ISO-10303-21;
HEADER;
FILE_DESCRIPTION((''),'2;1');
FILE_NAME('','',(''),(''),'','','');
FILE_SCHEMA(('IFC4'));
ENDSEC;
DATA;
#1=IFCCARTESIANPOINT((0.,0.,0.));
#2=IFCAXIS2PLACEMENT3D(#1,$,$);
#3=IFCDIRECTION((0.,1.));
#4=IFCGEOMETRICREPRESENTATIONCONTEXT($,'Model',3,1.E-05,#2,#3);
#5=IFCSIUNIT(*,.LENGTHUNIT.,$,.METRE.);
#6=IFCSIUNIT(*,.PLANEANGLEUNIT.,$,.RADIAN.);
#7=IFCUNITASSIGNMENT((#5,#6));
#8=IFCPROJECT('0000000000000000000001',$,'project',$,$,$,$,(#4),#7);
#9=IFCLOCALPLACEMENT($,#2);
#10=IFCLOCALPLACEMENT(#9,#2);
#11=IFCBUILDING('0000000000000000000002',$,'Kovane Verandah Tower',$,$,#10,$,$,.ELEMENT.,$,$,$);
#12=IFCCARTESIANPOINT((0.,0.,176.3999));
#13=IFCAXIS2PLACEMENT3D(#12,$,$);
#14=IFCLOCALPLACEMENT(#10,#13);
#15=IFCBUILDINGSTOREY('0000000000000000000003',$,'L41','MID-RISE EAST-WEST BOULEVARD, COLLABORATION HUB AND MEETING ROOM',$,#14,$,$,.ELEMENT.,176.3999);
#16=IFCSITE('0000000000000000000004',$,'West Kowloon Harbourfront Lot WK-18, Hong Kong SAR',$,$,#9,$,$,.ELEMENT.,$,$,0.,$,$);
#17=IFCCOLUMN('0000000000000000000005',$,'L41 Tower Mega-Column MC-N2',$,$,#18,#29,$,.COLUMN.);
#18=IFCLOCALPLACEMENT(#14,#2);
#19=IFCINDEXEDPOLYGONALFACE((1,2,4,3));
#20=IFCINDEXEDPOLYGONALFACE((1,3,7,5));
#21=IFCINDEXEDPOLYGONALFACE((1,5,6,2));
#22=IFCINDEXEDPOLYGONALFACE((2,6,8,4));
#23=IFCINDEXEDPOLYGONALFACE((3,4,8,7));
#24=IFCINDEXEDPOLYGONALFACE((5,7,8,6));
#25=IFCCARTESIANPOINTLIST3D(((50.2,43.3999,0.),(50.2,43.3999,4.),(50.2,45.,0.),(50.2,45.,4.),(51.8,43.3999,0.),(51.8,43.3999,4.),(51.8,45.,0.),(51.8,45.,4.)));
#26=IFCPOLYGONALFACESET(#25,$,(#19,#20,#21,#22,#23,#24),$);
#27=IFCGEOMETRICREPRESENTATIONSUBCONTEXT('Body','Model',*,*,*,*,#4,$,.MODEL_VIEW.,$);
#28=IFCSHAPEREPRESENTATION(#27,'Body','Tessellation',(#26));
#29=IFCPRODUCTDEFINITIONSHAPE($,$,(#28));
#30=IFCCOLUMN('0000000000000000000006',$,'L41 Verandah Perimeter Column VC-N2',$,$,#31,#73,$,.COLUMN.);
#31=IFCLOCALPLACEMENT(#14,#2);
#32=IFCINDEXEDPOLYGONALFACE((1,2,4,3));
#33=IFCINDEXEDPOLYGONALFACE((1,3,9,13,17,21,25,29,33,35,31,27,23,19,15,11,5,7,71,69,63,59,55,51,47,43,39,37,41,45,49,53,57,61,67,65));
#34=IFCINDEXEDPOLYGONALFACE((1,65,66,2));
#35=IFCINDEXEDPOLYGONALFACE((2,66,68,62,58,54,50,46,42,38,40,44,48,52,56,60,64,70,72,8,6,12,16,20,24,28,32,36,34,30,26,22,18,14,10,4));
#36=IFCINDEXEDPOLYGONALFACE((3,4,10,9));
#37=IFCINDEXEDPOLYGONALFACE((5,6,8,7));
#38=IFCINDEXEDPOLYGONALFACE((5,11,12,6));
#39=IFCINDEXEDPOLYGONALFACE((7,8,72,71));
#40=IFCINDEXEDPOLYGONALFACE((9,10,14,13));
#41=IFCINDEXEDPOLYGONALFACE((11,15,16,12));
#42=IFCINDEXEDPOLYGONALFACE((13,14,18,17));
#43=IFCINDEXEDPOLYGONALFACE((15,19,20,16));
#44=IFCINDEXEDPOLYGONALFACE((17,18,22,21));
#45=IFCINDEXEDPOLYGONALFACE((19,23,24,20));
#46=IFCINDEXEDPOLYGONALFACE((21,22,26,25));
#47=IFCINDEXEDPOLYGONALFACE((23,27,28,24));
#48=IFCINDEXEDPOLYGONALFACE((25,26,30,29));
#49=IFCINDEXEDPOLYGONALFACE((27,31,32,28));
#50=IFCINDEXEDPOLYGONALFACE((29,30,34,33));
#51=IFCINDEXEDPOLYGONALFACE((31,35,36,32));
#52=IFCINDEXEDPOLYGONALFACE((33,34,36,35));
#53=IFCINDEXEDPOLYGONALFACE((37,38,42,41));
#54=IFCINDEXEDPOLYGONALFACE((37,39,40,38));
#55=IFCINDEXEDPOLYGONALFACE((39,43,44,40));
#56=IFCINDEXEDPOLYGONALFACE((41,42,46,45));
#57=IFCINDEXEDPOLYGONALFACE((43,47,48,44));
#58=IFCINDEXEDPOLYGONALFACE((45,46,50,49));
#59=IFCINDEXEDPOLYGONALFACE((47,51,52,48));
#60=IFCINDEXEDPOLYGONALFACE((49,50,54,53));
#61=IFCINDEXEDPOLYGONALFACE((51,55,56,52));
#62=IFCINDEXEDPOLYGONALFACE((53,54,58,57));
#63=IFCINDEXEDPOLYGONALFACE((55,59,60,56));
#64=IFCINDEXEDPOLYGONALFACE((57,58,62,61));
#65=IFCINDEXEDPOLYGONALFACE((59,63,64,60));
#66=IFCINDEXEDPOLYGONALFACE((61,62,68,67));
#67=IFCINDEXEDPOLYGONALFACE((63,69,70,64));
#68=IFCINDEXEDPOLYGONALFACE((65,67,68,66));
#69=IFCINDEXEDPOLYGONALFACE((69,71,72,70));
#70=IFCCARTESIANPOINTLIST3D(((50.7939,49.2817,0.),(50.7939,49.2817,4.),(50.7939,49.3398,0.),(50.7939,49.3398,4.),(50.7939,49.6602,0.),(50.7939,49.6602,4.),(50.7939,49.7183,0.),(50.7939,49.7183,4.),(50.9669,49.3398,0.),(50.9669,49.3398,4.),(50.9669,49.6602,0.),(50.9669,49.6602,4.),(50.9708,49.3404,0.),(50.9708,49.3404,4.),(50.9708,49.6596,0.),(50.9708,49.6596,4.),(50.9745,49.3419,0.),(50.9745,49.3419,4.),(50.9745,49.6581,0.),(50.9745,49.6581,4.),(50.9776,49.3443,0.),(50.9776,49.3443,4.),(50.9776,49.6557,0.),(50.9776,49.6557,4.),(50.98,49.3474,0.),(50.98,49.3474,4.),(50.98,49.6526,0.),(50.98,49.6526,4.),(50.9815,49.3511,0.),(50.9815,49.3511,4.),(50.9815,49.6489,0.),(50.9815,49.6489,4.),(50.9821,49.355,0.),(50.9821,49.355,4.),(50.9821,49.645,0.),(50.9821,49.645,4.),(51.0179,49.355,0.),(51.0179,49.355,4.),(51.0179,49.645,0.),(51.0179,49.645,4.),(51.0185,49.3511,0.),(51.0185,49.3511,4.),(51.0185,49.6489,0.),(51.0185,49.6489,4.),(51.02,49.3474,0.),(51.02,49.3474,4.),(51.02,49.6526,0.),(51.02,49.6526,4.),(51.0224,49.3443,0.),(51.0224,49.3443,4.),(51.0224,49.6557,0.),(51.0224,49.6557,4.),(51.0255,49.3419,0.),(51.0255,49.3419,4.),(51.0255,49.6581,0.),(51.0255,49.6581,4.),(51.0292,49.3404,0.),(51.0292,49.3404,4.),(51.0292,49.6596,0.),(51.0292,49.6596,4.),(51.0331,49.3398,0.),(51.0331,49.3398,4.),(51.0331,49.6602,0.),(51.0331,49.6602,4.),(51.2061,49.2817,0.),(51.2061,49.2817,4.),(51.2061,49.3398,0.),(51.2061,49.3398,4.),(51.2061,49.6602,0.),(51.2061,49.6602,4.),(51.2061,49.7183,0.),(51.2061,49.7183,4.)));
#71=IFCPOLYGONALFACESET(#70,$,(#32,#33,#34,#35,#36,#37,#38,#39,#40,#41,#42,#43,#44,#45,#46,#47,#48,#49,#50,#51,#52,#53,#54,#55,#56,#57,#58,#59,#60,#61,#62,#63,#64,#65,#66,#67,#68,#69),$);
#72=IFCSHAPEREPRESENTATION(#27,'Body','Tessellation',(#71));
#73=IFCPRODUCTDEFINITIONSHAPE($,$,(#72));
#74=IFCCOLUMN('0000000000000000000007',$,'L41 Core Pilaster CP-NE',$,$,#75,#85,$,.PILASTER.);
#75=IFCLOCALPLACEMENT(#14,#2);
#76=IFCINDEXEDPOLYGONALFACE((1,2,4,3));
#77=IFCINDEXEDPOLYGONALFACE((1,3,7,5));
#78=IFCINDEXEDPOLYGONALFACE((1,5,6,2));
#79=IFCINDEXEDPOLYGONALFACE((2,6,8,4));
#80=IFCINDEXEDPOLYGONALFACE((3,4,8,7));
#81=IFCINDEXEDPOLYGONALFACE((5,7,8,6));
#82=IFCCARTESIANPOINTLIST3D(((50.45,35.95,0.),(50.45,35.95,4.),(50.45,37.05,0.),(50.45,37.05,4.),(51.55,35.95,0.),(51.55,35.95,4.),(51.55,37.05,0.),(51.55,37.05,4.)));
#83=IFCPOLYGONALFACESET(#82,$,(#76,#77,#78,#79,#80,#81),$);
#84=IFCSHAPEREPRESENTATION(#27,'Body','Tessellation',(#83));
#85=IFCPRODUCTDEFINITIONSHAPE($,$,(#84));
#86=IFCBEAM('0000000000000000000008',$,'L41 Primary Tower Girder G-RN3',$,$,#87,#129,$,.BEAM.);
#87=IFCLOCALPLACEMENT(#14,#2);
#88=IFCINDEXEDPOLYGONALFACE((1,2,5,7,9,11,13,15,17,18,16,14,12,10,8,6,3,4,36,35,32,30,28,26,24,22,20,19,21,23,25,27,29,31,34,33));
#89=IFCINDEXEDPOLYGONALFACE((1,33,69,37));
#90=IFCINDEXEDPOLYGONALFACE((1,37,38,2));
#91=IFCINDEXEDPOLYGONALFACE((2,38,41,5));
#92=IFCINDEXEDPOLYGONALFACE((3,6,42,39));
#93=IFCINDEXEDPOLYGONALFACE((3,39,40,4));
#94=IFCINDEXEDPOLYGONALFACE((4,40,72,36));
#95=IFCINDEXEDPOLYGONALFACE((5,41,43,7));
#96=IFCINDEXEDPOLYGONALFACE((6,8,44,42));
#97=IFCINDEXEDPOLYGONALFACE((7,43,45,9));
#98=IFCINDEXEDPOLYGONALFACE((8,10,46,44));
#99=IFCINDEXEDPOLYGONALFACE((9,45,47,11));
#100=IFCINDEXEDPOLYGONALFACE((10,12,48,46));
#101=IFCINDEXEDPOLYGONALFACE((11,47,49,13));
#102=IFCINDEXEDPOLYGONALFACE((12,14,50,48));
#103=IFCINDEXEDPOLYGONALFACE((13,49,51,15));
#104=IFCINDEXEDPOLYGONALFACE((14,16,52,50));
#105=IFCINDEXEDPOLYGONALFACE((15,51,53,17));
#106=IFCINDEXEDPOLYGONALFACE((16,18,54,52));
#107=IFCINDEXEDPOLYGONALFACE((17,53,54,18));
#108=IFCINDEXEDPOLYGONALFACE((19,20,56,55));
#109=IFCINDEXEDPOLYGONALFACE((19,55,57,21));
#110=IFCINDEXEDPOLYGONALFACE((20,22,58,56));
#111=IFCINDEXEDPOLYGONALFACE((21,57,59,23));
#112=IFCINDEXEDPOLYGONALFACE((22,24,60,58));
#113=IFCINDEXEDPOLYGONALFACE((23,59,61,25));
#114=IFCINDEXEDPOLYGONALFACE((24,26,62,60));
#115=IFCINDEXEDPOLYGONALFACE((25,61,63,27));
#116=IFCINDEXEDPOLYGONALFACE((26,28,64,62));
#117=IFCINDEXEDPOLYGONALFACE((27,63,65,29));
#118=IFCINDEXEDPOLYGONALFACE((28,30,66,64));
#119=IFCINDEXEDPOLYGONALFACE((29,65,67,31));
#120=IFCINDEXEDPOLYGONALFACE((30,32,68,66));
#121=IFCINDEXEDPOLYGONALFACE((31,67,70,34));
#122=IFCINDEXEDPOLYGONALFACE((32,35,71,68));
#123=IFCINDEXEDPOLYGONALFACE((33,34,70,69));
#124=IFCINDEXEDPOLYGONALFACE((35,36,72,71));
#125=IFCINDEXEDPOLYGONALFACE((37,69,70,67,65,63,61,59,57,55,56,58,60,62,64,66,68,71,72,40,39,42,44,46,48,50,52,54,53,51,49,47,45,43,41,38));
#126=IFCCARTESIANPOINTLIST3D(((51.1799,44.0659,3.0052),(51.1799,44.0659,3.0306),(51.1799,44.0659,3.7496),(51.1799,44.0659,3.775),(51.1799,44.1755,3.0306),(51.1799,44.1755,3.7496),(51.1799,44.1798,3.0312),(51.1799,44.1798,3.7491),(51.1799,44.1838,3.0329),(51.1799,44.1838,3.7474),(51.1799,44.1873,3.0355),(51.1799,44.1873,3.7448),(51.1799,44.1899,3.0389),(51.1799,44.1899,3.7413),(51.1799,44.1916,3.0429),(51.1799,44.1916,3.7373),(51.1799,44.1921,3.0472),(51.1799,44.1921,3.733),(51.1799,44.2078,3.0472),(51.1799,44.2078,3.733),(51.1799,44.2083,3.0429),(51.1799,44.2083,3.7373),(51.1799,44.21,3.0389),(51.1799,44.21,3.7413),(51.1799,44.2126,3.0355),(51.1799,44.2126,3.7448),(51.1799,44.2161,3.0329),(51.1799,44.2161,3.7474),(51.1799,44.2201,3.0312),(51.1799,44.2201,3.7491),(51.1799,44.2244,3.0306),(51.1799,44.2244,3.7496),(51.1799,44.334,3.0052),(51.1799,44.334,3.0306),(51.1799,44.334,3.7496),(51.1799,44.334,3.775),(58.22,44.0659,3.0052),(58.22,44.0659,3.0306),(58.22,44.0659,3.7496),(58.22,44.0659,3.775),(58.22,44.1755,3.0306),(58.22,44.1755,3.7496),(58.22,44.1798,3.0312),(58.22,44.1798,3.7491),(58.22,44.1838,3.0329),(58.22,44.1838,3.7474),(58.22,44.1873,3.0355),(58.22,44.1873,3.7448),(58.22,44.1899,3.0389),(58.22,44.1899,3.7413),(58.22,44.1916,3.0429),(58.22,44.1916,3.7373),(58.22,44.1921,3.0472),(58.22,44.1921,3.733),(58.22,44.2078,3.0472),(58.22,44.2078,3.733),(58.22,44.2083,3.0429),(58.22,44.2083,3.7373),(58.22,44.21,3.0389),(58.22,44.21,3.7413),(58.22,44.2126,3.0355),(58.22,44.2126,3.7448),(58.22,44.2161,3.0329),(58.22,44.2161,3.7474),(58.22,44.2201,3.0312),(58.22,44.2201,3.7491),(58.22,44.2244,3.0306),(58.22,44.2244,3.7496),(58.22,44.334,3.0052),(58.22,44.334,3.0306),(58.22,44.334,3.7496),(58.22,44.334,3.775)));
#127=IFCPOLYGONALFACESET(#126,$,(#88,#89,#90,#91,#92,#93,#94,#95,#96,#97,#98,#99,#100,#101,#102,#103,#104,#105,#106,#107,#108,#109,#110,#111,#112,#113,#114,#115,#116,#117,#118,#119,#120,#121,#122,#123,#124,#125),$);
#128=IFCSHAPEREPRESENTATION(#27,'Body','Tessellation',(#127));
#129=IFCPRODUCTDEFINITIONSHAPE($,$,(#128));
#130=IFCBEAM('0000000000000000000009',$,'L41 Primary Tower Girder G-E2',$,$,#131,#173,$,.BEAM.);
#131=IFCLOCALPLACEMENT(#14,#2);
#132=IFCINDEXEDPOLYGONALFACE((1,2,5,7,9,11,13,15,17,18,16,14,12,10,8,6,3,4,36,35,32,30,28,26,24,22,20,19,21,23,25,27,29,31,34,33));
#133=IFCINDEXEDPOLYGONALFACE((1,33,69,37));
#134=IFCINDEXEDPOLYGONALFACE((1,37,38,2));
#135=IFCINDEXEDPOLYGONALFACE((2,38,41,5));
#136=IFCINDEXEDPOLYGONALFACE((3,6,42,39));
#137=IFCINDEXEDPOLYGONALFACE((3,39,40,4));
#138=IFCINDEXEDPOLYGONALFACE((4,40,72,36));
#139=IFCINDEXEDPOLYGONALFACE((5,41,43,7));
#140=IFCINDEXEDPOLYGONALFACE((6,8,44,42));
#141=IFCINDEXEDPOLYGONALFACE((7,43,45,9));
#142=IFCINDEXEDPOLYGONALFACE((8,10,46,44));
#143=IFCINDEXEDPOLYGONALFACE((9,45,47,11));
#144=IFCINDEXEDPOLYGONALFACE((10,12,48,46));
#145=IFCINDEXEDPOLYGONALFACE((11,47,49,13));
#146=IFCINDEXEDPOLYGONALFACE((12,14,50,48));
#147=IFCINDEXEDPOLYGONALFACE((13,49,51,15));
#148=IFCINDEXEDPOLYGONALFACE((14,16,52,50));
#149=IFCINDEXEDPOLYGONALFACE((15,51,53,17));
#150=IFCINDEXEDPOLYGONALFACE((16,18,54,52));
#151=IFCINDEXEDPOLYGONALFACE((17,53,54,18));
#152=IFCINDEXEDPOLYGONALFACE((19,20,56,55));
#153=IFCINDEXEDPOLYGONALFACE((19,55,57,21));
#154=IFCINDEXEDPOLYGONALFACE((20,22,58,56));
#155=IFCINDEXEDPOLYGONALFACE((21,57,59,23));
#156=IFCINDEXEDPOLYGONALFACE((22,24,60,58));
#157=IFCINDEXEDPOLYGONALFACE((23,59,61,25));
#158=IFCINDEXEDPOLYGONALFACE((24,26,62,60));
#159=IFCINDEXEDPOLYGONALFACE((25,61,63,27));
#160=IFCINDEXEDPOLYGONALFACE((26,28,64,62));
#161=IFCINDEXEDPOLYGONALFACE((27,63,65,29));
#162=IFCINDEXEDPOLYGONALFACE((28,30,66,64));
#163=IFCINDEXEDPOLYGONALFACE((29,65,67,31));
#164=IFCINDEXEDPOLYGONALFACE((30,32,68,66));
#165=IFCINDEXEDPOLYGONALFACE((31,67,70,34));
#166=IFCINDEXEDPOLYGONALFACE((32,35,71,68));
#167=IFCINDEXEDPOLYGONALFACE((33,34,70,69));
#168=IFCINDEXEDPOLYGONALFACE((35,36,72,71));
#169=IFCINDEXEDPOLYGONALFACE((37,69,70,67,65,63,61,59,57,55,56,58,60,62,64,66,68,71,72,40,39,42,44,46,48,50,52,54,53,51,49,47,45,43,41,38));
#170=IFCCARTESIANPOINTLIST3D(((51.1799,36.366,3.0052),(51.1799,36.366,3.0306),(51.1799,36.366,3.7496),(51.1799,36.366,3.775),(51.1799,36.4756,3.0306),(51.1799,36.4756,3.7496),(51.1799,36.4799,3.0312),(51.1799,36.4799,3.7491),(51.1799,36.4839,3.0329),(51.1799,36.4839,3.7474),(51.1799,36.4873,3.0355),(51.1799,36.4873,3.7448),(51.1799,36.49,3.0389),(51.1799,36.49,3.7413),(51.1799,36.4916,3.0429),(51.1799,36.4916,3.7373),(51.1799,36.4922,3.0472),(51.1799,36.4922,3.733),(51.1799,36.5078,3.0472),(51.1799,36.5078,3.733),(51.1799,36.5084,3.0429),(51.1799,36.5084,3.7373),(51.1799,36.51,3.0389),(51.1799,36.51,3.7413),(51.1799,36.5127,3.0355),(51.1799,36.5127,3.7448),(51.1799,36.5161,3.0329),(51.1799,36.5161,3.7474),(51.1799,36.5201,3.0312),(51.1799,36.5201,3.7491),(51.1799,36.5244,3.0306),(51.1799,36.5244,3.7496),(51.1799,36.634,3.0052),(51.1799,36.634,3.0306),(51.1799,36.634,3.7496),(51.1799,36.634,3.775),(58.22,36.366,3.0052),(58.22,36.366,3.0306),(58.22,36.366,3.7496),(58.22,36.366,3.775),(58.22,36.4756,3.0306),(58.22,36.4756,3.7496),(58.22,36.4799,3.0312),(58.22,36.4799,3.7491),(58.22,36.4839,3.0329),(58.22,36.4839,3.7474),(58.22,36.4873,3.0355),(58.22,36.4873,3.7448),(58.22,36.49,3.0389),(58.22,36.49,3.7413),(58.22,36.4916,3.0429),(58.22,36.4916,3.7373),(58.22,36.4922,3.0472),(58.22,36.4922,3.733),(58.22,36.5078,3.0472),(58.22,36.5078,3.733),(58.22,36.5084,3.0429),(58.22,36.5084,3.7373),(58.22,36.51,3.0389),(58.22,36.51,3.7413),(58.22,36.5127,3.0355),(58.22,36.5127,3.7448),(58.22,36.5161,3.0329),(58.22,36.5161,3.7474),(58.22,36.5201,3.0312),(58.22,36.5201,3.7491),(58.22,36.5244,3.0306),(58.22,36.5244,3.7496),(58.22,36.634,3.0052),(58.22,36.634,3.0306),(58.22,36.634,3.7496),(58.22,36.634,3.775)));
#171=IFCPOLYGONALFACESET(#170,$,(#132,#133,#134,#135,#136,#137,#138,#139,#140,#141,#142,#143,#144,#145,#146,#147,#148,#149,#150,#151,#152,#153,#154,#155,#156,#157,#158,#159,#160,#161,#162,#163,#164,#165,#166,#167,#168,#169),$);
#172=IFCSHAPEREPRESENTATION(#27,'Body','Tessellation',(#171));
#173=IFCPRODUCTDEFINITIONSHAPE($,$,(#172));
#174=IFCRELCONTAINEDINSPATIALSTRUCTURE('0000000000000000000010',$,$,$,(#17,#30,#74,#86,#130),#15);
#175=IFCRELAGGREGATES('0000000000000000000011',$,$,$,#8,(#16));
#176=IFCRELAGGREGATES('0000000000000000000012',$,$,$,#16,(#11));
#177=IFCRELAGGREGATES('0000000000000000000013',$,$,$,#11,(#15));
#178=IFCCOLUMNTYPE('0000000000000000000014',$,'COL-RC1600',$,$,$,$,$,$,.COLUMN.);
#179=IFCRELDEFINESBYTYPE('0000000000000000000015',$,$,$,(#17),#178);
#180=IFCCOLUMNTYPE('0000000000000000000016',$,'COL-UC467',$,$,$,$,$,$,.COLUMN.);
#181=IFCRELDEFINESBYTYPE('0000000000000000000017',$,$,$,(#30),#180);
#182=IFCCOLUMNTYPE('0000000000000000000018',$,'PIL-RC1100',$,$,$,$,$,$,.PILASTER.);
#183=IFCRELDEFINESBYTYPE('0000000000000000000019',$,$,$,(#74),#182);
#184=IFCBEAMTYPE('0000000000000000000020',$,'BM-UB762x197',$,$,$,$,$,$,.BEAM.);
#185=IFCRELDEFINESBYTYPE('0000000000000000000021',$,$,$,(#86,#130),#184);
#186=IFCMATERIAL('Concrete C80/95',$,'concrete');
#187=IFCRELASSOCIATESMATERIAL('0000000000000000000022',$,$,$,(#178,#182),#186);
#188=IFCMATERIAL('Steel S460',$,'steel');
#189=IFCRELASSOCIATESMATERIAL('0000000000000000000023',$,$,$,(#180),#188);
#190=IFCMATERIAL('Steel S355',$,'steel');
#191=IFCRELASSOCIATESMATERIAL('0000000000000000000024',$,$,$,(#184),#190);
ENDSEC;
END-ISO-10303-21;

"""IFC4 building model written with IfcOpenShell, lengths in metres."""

from ifc_helpers import new_model, si_unit, direction, frame, origin, origin_2d, place, context, subcontext, project, spatial, rectangle, i_section, extrude, material, material_profile, profile_set, type_object, element, save


model = new_model("IFC4")

# Units and contexts
model_context = context("Model", 3, precision=1e-05, world=origin(), true_north=direction((0.0, 1.0)))
body_context = subcontext(model_context, "Body", "Model", "MODEL_VIEW")
ifc_project = project(units=[si_unit("LENGTHUNIT", "METRE"), si_unit("PLANEANGLEUNIT", "RADIAN")], contexts=[model_context])

# Site, building, storey
site_placement = place(None, origin())
site = spatial("IfcSite", under=ifc_project, at=site_placement, Name="West Kowloon Harbourfront Lot WK-18, Hong Kong SAR", CompositionType="ELEMENT", RefElevation=0.0)
building_placement = place(site_placement, origin())
building = spatial("IfcBuilding", under=site, at=building_placement, Name="Kovane Verandah Tower", CompositionType="ELEMENT")
storey_placement = place(building_placement, frame((0.0, 0.0, 176.3999)))
storey = spatial("IfcBuildingStorey", under=building, at=storey_placement, Name="L41", Description="MID-RISE EAST-WEST BOULEVARD, COLLABORATION HUB AND MEETING ROOM", CompositionType="ELEMENT", Elevation=176.3999)

# Columns
ifc_material_1 = material(Name="Concrete C80/95", Category="concrete")
ifc_material_profile_1 = material_profile(ifc_material_1, rectangle(XDim=1.6001, YDim=1.6001, at=origin_2d()), Name="RC1600x1600")
ifc_profile_set_1 = profile_set([ifc_material_profile_1], Name="Concrete C80/95")
column_type_1 = type_object("IfcColumnType", Name="COL-RC1600", PredefinedType="COLUMN", material=ifc_profile_set_1)
column_1_placement = place(storey_placement, frame((51.0, 44.2, 0.0), z_axis=(0.0, 0.0, 1.0), x_axis=(1.0, 0.0, 0.0)))
element("IfcColumn", 1, at=column_1_placement, inside=storey, type_object=column_type_1, Name="L41 Tower Mega-Column MC-N2", PredefinedType="COLUMN", context=body_context, shape_type="SweptSolid", body=[
    extrude(rectangle(XDim=1.6001, YDim=1.6001, at=origin_2d()), origin(), (0.0, 0.0, 1.0), 4.0),
])
ifc_material_2 = material(Name="Steel S460", Category="steel")
ifc_material_profile_2 = material_profile(ifc_material_2, i_section(OverallWidth=0.4121, OverallDepth=0.4365, WebThickness=0.0359, FlangeThickness=0.0581, FilletRadius=0.0151, at=origin_2d()), Name="UC356x406x467")
ifc_profile_set_2 = profile_set([ifc_material_profile_2], Name="Steel S460")
column_type_2 = type_object("IfcColumnType", Name="COL-UC467", PredefinedType="COLUMN", material=ifc_profile_set_2)
column_2_placement = place(storey_placement, frame((51.0, 49.5, 0.0), z_axis=(0.0, 0.0, 1.0), x_axis=(1.0, 0.0, 0.0)))
element("IfcColumn", 2, at=column_2_placement, inside=storey, type_object=column_type_2, Name="L41 Verandah Perimeter Column VC-N2", PredefinedType="COLUMN", context=body_context, shape_type="SweptSolid", body=[
    extrude(i_section(OverallWidth=0.4121, OverallDepth=0.4365, WebThickness=0.0359, FlangeThickness=0.0581, FilletRadius=0.0151, at=origin_2d()), origin(), (0.0, 0.0, 1.0), 4.0),
])
ifc_material_profile_3 = material_profile(ifc_material_1, rectangle(XDim=1.1001, YDim=1.1001, at=origin_2d()), Name="RC1100x1100")
ifc_profile_set_3 = profile_set([ifc_material_profile_3], Name="Concrete C80/95")
column_type_3 = type_object("IfcColumnType", Name="PIL-RC1100", PredefinedType="PILASTER", material=ifc_profile_set_3)
column_3_placement = place(storey_placement, frame((51.0, 36.5, 0.0), z_axis=(0.0, 0.0, 1.0), x_axis=(1.0, 0.0, 0.0)))
element("IfcColumn", 3, at=column_3_placement, inside=storey, type_object=column_type_3, Name="L41 Core Pilaster CP-NE", PredefinedType="PILASTER", context=body_context, shape_type="SweptSolid", body=[
    extrude(rectangle(XDim=1.1001, YDim=1.1001, at=origin_2d()), origin(), (0.0, 0.0, 1.0), 4.0),
])

# Beams
ifc_material_3 = material(Name="Steel S355", Category="steel")
ifc_material_profile_4 = material_profile(ifc_material_3, i_section(OverallWidth=0.2681, OverallDepth=0.7698, WebThickness=0.0156, FlangeThickness=0.0254, FilletRadius=0.0166, at=origin_2d()), Name="UB762x267x197")
ifc_profile_set_4 = profile_set([ifc_material_profile_4], Name="Steel S355")
beam_type_1 = type_object("IfcBeamType", Name="BM-UB762x197", PredefinedType="BEAM", material=ifc_profile_set_4)
for number, where, z_axis, x_axis, name in (
    (4, (51.1799, 44.2, 3.3901), (1.0, 0.0, 0.0), (0.0, 1.0, 0.0), "L41 Primary Tower Girder G-RN3"),
    (5, (51.1799, 36.5, 3.3901), (1.0, 0.0, 0.0), (0.0, 1.0, 0.0), "L41 Primary Tower Girder G-E2"),
):
    element("IfcBeam", number, at=place(storey_placement, frame(where, z_axis=z_axis, x_axis=x_axis)), inside=storey, type_object=beam_type_1, Name=name, PredefinedType="BEAM", context=body_context, shape_type="SweptSolid", body=[
        extrude(i_section(OverallWidth=0.2681, OverallDepth=0.7698, WebThickness=0.0156, FlangeThickness=0.0254, FilletRadius=0.0166, at=origin_2d()), origin(), (0.0, 0.0, 1.0), 7.04),
    ])

save(model, "model.ifc")
